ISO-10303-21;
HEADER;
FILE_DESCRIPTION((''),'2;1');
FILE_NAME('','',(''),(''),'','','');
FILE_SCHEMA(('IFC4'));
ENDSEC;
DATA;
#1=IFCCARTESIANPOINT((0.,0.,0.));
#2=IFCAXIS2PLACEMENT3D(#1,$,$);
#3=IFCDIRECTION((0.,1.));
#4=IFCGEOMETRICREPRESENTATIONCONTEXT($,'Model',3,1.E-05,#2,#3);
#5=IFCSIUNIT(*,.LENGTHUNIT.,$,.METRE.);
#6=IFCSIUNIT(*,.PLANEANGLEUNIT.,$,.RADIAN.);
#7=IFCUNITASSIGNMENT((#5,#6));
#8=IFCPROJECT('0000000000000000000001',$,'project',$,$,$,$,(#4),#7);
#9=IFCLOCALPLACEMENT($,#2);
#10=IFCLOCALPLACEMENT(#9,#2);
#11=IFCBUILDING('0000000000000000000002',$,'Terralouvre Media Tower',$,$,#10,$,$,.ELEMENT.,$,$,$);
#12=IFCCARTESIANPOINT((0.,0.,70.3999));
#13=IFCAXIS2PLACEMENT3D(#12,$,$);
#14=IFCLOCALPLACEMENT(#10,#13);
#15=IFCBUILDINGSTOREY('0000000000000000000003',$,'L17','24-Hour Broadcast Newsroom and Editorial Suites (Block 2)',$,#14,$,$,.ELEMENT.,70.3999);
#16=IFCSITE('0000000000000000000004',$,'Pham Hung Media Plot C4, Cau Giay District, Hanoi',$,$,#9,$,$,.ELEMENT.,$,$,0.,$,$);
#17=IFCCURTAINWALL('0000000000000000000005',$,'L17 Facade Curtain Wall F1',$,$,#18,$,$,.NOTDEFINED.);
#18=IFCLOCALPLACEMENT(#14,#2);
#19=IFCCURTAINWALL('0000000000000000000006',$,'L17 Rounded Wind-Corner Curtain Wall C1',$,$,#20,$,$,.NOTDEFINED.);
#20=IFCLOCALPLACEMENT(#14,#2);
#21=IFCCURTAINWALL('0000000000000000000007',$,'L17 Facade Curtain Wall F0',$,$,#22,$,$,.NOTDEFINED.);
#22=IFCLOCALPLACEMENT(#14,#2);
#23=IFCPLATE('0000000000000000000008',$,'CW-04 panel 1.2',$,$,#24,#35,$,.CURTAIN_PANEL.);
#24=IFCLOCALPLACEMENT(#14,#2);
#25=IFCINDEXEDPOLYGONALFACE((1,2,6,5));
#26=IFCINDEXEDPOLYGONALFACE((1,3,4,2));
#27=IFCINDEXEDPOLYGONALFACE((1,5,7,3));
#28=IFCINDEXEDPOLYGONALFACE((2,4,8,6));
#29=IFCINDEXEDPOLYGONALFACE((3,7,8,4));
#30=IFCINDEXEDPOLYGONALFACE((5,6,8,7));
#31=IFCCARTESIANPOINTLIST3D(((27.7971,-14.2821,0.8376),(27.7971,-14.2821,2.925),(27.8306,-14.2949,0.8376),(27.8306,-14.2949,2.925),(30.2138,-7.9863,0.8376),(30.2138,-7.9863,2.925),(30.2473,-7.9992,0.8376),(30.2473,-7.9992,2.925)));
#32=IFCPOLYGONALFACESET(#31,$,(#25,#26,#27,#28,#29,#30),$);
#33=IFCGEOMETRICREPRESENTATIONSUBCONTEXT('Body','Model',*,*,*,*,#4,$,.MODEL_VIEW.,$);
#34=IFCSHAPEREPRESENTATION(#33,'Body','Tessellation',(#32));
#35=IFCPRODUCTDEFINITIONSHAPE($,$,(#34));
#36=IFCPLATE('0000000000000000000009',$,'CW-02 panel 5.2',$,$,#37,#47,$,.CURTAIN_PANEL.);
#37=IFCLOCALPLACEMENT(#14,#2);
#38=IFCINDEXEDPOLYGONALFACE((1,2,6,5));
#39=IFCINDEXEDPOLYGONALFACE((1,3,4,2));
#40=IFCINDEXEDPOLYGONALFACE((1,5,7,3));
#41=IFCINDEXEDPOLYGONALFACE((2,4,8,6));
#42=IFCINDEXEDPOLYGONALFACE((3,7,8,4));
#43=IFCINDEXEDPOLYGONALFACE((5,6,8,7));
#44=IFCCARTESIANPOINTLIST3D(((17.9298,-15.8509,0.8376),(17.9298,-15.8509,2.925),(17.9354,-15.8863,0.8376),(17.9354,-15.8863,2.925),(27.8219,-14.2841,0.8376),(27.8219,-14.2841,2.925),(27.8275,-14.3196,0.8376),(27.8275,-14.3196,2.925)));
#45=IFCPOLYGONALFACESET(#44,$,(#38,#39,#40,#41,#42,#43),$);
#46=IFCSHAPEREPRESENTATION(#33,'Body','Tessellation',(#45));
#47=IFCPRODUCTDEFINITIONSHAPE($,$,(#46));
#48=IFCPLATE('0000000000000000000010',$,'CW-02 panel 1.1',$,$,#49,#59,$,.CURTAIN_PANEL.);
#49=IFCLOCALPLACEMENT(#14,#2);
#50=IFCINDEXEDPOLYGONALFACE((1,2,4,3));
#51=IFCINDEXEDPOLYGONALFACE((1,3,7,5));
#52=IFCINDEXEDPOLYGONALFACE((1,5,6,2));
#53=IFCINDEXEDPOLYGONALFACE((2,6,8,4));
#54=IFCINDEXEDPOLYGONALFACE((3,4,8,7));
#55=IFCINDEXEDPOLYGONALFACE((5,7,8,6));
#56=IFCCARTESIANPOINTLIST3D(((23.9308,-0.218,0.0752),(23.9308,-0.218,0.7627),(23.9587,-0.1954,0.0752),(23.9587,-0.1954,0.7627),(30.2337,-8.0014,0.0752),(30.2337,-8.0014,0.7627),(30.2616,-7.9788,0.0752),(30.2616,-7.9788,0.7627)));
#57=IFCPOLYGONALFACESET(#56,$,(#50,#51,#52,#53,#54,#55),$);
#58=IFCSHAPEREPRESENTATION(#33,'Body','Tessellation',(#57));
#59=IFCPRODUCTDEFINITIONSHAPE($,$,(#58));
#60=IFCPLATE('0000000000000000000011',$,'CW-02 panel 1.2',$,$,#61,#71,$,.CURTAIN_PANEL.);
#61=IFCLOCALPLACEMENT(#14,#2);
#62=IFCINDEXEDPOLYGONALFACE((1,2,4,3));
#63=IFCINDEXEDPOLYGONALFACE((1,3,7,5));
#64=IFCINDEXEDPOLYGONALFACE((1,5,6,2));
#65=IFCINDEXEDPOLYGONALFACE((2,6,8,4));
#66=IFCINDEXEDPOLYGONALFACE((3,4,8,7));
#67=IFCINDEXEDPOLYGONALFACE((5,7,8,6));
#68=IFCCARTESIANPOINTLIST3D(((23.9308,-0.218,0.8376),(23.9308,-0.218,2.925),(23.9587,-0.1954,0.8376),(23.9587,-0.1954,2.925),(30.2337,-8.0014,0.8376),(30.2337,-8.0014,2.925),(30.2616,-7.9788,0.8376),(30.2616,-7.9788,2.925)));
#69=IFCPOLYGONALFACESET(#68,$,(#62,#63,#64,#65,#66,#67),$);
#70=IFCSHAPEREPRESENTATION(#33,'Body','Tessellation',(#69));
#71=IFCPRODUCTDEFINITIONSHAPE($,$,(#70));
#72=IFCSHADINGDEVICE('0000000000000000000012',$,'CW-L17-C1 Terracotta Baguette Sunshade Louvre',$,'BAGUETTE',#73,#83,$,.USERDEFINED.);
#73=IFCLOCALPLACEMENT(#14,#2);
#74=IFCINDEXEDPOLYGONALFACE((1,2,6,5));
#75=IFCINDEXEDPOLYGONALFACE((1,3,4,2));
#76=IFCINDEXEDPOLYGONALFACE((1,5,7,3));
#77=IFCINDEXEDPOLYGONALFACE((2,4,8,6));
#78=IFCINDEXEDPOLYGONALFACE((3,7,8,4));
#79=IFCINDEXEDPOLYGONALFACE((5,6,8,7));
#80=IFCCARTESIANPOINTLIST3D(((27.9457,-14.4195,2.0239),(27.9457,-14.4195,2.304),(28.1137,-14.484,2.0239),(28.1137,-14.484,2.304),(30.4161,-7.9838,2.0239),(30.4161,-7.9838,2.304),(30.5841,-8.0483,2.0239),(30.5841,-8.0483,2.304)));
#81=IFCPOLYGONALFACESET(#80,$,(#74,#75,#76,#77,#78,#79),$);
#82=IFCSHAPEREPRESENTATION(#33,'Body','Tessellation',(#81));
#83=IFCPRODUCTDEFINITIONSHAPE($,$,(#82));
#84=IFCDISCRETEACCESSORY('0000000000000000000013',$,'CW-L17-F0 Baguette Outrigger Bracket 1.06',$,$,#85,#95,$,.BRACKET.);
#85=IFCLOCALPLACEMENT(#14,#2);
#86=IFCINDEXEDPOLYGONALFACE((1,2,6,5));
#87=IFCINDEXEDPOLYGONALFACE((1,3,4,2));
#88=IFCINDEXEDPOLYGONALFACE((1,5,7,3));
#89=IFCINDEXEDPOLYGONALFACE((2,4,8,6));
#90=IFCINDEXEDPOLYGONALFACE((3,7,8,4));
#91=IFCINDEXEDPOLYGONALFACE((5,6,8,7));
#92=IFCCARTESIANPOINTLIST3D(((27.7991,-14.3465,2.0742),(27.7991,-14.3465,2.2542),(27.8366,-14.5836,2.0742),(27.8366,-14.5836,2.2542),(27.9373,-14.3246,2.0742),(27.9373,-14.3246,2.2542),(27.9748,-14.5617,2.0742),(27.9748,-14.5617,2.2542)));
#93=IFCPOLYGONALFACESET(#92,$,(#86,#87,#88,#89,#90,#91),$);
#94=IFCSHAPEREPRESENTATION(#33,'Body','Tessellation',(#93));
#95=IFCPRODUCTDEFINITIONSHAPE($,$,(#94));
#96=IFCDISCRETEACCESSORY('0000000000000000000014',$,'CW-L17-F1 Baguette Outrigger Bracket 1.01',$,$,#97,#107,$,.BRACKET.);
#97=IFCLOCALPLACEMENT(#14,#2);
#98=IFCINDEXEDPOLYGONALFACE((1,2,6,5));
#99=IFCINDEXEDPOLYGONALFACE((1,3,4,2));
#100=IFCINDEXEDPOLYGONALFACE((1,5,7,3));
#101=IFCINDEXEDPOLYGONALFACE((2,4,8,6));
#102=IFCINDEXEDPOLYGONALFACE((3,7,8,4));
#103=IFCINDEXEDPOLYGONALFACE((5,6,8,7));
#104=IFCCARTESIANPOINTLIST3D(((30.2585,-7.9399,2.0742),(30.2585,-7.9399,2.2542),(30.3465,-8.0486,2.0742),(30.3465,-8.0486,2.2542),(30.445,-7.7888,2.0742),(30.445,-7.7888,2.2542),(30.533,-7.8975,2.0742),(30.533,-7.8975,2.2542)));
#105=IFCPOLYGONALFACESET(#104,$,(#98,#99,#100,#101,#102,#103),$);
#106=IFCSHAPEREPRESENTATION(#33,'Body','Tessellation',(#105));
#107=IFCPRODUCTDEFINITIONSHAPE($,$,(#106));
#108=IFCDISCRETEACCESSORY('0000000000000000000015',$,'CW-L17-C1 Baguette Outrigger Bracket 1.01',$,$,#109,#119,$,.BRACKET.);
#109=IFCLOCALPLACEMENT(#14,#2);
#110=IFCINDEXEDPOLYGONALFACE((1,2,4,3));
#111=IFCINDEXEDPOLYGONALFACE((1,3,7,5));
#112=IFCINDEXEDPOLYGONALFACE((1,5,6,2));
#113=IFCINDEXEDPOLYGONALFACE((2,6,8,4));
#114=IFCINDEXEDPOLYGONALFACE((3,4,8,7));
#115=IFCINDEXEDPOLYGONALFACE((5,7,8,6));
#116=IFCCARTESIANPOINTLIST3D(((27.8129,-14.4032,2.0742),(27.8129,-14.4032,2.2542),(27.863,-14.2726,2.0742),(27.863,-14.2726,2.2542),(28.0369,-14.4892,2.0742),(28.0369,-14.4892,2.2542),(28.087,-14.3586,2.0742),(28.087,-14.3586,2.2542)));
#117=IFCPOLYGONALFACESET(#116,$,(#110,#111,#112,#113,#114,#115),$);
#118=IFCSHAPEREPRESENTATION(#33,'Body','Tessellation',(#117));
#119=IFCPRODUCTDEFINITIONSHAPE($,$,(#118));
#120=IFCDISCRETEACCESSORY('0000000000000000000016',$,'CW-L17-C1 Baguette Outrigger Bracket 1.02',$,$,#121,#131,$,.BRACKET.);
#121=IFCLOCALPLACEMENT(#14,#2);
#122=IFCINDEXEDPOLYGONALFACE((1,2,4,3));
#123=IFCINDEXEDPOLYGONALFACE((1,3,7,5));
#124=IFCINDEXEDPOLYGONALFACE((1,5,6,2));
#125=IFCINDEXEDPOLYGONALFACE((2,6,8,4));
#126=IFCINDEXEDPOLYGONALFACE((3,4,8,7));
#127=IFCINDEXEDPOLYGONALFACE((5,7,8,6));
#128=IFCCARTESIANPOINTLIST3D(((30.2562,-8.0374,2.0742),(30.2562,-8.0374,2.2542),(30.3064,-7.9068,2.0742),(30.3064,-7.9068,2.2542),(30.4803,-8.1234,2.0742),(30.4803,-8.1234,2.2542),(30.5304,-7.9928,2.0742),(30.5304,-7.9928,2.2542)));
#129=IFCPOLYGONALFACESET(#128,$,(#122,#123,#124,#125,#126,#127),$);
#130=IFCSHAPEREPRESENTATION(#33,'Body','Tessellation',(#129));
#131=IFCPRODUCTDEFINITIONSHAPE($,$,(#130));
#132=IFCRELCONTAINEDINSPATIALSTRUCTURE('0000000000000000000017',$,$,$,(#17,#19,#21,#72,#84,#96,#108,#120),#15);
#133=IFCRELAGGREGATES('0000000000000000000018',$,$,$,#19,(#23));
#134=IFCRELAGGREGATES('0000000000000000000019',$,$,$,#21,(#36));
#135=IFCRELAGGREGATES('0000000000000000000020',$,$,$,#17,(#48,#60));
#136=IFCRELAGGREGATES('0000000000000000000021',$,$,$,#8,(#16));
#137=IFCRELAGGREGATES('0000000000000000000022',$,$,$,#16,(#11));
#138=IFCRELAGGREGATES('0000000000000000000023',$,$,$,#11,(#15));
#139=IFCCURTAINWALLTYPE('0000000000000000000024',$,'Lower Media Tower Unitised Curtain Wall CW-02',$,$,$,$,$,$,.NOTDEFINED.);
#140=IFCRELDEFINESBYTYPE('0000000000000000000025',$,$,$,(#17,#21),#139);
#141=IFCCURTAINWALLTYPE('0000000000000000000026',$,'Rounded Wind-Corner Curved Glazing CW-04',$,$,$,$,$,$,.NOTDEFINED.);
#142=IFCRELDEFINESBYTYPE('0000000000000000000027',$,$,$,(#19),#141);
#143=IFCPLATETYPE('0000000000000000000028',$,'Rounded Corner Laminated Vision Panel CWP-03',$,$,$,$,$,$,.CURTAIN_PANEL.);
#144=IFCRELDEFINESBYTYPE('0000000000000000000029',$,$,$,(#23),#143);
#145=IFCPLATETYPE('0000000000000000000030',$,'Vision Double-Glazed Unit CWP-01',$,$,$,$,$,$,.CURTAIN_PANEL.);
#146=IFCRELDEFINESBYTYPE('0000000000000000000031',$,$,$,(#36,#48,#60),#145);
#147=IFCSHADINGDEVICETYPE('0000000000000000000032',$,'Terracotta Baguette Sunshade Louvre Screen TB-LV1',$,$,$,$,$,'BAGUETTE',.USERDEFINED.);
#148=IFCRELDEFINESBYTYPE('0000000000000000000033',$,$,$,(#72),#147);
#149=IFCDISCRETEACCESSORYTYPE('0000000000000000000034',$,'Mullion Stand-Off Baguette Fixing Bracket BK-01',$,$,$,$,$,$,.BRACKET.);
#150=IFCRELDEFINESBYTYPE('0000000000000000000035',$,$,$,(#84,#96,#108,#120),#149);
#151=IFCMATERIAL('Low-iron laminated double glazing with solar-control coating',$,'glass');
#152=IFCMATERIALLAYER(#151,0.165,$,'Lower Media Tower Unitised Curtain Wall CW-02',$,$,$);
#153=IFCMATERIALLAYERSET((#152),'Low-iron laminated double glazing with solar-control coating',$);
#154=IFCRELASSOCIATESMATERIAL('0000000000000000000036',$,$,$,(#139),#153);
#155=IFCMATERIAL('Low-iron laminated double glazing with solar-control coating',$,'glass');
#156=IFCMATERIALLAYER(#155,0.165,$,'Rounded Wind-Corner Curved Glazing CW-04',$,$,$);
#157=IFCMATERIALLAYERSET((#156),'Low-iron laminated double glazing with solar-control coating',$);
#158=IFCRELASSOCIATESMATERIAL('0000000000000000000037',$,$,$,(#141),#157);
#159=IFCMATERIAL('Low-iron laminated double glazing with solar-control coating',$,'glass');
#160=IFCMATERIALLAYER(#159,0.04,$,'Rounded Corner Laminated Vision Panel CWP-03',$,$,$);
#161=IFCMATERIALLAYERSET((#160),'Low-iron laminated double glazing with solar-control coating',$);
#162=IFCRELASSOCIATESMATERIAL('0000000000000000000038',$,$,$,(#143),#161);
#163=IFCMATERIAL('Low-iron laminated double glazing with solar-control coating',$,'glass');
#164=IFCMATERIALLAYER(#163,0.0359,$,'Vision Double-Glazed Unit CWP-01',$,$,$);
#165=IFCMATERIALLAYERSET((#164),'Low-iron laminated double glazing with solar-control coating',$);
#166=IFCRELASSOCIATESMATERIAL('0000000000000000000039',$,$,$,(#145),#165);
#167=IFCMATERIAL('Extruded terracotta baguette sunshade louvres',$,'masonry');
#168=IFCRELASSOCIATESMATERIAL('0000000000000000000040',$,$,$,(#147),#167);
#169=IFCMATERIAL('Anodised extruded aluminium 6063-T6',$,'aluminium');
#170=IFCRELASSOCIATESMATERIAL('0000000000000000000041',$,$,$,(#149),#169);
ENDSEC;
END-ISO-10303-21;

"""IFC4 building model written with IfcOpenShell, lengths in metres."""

from ifc_helpers import new_model, si_unit, direction, frame, origin, origin_2d, place, context, subcontext, project, spatial, rectangle, extrude, material, layer, layer_set, type_object, element, aggregate, save


model = new_model("IFC4")

# Units and contexts
model_context = context("Model", 3, precision=1e-05, world=origin(), true_north=direction((0.0, 1.0)))
body_context = subcontext(model_context, "Body", "Model", "MODEL_VIEW")
ifc_project = project(units=[si_unit("LENGTHUNIT", "METRE"), si_unit("PLANEANGLEUNIT", "RADIAN")], contexts=[model_context])

# Site, building, storey
site_placement = place(None, origin())
site = spatial("IfcSite", under=ifc_project, at=site_placement, Name="Pham Hung Media Plot C4, Cau Giay District, Hanoi", CompositionType="ELEMENT", RefElevation=0.0)
building_placement = place(site_placement, origin())
building = spatial("IfcBuilding", under=site, at=building_placement, Name="Terralouvre Media Tower", CompositionType="ELEMENT")
storey_placement = place(building_placement, frame((0.0, 0.0, 70.3999)))
storey = spatial("IfcBuildingStorey", under=building, at=storey_placement, Name="L17", Description="24-Hour Broadcast Newsroom and Editorial Suites (Block 2)", CompositionType="ELEMENT", Elevation=70.3999)

# Curtain walls
ifc_material_1 = material(Name="Low-iron laminated double glazing with solar-control coating", Category="glass")
ifc_layer_1 = layer(ifc_material_1, 0.165, Name="Lower Media Tower Unitised Curtain Wall CW-02")
ifc_layer_set_1 = layer_set([ifc_layer_1], Name="Low-iron laminated double glazing with solar-control coating")
curtain_wall_type_1 = type_object("IfcCurtainWallType", Name="Lower Media Tower Unitised Curtain Wall CW-02", PredefinedType="NOTDEFINED", material=ifc_layer_set_1)
curtain_wall_1_placement = place(storey_placement, origin())
curtain_wall_1 = element("IfcCurtainWall", 1, at=curtain_wall_1_placement, inside=storey, type_object=curtain_wall_type_1, Name="L17 Facade Curtain Wall F1", PredefinedType="NOTDEFINED")
ifc_material_2 = material(Name="Low-iron laminated double glazing with solar-control coating", Category="glass")
ifc_layer_2 = layer(ifc_material_2, 0.165, Name="Rounded Wind-Corner Curved Glazing CW-04")
ifc_layer_set_2 = layer_set([ifc_layer_2], Name="Low-iron laminated double glazing with solar-control coating")
curtain_wall_type_2 = type_object("IfcCurtainWallType", Name="Rounded Wind-Corner Curved Glazing CW-04", PredefinedType="NOTDEFINED", material=ifc_layer_set_2)
curtain_wall_2_placement = place(storey_placement, origin())
curtain_wall_2 = element("IfcCurtainWall", 2, at=curtain_wall_2_placement, inside=storey, type_object=curtain_wall_type_2, Name="L17 Rounded Wind-Corner Curtain Wall C1", PredefinedType="NOTDEFINED")

# Curtain wall
curtain_wall_3_placement = place(storey_placement, origin())
curtain_wall_3 = element("IfcCurtainWall", 3, at=curtain_wall_3_placement, inside=storey, type_object=curtain_wall_type_1, Name="L17 Facade Curtain Wall F0", PredefinedType="NOTDEFINED")

# Plates
ifc_material_3 = material(Name="Low-iron laminated double glazing with solar-control coating", Category="glass")
ifc_layer_3 = layer(ifc_material_3, 0.04, Name="Rounded Corner Laminated Vision Panel CWP-03")
ifc_layer_set_3 = layer_set([ifc_layer_3], Name="Low-iron laminated double glazing with solar-control coating")
plate_type_1 = type_object("IfcPlateType", Name="Rounded Corner Laminated Vision Panel CWP-03", PredefinedType="CURTAIN_PANEL", material=ifc_layer_set_3)
plate_1_placement = place(storey_placement, frame((29.0222, -11.1406, 0.8376), z_axis=(0.0, 0.0, 1.0), x_axis=(0.358367, 0.933581, 0.0)))
plate_1 = element("IfcPlate", 4, at=plate_1_placement, type_object=plate_type_1, Name="CW-04 panel 1.2", PredefinedType="CURTAIN_PANEL", context=body_context, shape_type="SweptSolid", body=[
    extrude(rectangle(XDim=6.7437, YDim=0.0359, at=origin_2d()), origin(), (0.0, 0.0, 1.0), 2.0874),
])
aggregate(curtain_wall_2, [plate_1])
ifc_material_4 = material(Name="Low-iron laminated double glazing with solar-control coating", Category="glass")
ifc_layer_4 = layer(ifc_material_4, 0.0359, Name="Vision Double-Glazed Unit CWP-01")
ifc_layer_set_4 = layer_set([ifc_layer_4], Name="Low-iron laminated double glazing with solar-control coating")
plate_type_2 = type_object("IfcPlateType", Name="Vision Double-Glazed Unit CWP-01", PredefinedType="CURTAIN_PANEL", material=ifc_layer_set_4)
plate_2_placement = place(storey_placement, frame((22.8787, -15.0852, 0.8376), z_axis=(0.0, 0.0, 1.0), x_axis=(0.987688, 0.156434, 0.0)))
plate_2 = element("IfcPlate", 5, at=plate_2_placement, type_object=plate_type_2, Name="CW-02 panel 5.2", PredefinedType="CURTAIN_PANEL", context=body_context, shape_type="SweptSolid", body=[
    extrude(rectangle(XDim=10.0154, YDim=0.0359, at=origin_2d()), origin(), (0.0, 0.0, 1.0), 2.0874),
])
aggregate(curtain_wall_3, [plate_2])
plate_3_placement = place(storey_placement, frame((27.0962, -4.0984, 0.0752), z_axis=(0.0, 0.0, 1.0), x_axis=(-0.62932, 0.777146, 0.0)))
plate_3 = element("IfcPlate", 6, at=plate_3_placement, type_object=plate_type_2, Name="CW-02 panel 1.1", PredefinedType="CURTAIN_PANEL", context=body_context, shape_type="SweptSolid", body=[
    extrude(rectangle(XDim=10.0154, YDim=0.0359, at=origin_2d()), origin(), (0.0, 0.0, 1.0), 0.6875),
])
plate_4_placement = place(storey_placement, frame((27.0962, -4.0984, 0.8376), z_axis=(0.0, 0.0, 1.0), x_axis=(-0.62932, 0.777146, 0.0)))
plate_4 = element("IfcPlate", 7, at=plate_4_placement, type_object=plate_type_2, Name="CW-02 panel 1.2", PredefinedType="CURTAIN_PANEL", context=body_context, shape_type="SweptSolid", body=[
    extrude(rectangle(XDim=10.0154, YDim=0.0359, at=origin_2d()), origin(), (0.0, 0.0, 1.0), 2.0874),
])
aggregate(curtain_wall_1, [plate_3, plate_4])

# Shading device
ifc_material_5 = material(Name="Extruded terracotta baguette sunshade louvres", Category="masonry")
shading_device_type = type_object("IfcShadingDeviceType", Name="Terracotta Baguette Sunshade Louvre Screen TB-LV1", ElementType="BAGUETTE", PredefinedType="USERDEFINED", material=ifc_material_5)
shading_device_placement = place(storey_placement, frame((29.2649, -11.2339, 2.0239), z_axis=(0.0, 0.0, 1.0), x_axis=(0.358367, 0.933581, 0.0)))
element("IfcShadingDevice", 8, at=shading_device_placement, inside=storey, type_object=shading_device_type, Name="CW-L17-C1 Terracotta Baguette Sunshade Louvre", ObjectType="BAGUETTE", PredefinedType="USERDEFINED", context=body_context, shape_type="SweptSolid", body=[
    extrude(rectangle(XDim=6.8936, YDim=0.1799, at=origin_2d()), origin(), (0.0, 0.0, 1.0), 0.28),
])

# Discrete accessories
ifc_material_6 = material(Name="Anodised extruded aluminium 6063-T6", Category="aluminium")
discrete_accessory_type = type_object("IfcDiscreteAccessoryType", Name="Mullion Stand-Off Baguette Fixing Bracket BK-01", PredefinedType="BRACKET", material=ifc_material_6)
for number, where, z_axis, x_axis, name in (
    (9, (27.887, -14.4541, 2.0742), (0.0, 0.0, 1.0), (0.987688, 0.156434, 0.0), "CW-L17-F0 Baguette Outrigger Bracket 1.06"),
    (10, (30.3958, -7.9187, 2.0742), (0.0, 0.0, 1.0), (-0.62932, 0.777146, 0.0), "CW-L17-F1 Baguette Outrigger Bracket 1.01"),
    (11, (27.95, -14.3809, 2.0742), (0.0, 0.0, 1.0), (0.358367, 0.933581, 0.0), "CW-L17-C1 Baguette Outrigger Bracket 1.01"),
    (12, (30.3933, -8.0151, 2.0742), (0.0, 0.0, 1.0), (0.358367, 0.933581, 0.0), "CW-L17-C1 Baguette Outrigger Bracket 1.02"),
):
    element("IfcDiscreteAccessory", number, at=place(storey_placement, frame(where, z_axis=z_axis, x_axis=x_axis)), inside=storey, type_object=discrete_accessory_type, Name=name, PredefinedType="BRACKET", context=body_context, shape_type="SweptSolid", body=[
        extrude(rectangle(XDim=0.1399, YDim=0.24, at=origin_2d()), origin(), (0.0, 0.0, 1.0), 0.1799),
    ])

save(model, "model.ifc")
